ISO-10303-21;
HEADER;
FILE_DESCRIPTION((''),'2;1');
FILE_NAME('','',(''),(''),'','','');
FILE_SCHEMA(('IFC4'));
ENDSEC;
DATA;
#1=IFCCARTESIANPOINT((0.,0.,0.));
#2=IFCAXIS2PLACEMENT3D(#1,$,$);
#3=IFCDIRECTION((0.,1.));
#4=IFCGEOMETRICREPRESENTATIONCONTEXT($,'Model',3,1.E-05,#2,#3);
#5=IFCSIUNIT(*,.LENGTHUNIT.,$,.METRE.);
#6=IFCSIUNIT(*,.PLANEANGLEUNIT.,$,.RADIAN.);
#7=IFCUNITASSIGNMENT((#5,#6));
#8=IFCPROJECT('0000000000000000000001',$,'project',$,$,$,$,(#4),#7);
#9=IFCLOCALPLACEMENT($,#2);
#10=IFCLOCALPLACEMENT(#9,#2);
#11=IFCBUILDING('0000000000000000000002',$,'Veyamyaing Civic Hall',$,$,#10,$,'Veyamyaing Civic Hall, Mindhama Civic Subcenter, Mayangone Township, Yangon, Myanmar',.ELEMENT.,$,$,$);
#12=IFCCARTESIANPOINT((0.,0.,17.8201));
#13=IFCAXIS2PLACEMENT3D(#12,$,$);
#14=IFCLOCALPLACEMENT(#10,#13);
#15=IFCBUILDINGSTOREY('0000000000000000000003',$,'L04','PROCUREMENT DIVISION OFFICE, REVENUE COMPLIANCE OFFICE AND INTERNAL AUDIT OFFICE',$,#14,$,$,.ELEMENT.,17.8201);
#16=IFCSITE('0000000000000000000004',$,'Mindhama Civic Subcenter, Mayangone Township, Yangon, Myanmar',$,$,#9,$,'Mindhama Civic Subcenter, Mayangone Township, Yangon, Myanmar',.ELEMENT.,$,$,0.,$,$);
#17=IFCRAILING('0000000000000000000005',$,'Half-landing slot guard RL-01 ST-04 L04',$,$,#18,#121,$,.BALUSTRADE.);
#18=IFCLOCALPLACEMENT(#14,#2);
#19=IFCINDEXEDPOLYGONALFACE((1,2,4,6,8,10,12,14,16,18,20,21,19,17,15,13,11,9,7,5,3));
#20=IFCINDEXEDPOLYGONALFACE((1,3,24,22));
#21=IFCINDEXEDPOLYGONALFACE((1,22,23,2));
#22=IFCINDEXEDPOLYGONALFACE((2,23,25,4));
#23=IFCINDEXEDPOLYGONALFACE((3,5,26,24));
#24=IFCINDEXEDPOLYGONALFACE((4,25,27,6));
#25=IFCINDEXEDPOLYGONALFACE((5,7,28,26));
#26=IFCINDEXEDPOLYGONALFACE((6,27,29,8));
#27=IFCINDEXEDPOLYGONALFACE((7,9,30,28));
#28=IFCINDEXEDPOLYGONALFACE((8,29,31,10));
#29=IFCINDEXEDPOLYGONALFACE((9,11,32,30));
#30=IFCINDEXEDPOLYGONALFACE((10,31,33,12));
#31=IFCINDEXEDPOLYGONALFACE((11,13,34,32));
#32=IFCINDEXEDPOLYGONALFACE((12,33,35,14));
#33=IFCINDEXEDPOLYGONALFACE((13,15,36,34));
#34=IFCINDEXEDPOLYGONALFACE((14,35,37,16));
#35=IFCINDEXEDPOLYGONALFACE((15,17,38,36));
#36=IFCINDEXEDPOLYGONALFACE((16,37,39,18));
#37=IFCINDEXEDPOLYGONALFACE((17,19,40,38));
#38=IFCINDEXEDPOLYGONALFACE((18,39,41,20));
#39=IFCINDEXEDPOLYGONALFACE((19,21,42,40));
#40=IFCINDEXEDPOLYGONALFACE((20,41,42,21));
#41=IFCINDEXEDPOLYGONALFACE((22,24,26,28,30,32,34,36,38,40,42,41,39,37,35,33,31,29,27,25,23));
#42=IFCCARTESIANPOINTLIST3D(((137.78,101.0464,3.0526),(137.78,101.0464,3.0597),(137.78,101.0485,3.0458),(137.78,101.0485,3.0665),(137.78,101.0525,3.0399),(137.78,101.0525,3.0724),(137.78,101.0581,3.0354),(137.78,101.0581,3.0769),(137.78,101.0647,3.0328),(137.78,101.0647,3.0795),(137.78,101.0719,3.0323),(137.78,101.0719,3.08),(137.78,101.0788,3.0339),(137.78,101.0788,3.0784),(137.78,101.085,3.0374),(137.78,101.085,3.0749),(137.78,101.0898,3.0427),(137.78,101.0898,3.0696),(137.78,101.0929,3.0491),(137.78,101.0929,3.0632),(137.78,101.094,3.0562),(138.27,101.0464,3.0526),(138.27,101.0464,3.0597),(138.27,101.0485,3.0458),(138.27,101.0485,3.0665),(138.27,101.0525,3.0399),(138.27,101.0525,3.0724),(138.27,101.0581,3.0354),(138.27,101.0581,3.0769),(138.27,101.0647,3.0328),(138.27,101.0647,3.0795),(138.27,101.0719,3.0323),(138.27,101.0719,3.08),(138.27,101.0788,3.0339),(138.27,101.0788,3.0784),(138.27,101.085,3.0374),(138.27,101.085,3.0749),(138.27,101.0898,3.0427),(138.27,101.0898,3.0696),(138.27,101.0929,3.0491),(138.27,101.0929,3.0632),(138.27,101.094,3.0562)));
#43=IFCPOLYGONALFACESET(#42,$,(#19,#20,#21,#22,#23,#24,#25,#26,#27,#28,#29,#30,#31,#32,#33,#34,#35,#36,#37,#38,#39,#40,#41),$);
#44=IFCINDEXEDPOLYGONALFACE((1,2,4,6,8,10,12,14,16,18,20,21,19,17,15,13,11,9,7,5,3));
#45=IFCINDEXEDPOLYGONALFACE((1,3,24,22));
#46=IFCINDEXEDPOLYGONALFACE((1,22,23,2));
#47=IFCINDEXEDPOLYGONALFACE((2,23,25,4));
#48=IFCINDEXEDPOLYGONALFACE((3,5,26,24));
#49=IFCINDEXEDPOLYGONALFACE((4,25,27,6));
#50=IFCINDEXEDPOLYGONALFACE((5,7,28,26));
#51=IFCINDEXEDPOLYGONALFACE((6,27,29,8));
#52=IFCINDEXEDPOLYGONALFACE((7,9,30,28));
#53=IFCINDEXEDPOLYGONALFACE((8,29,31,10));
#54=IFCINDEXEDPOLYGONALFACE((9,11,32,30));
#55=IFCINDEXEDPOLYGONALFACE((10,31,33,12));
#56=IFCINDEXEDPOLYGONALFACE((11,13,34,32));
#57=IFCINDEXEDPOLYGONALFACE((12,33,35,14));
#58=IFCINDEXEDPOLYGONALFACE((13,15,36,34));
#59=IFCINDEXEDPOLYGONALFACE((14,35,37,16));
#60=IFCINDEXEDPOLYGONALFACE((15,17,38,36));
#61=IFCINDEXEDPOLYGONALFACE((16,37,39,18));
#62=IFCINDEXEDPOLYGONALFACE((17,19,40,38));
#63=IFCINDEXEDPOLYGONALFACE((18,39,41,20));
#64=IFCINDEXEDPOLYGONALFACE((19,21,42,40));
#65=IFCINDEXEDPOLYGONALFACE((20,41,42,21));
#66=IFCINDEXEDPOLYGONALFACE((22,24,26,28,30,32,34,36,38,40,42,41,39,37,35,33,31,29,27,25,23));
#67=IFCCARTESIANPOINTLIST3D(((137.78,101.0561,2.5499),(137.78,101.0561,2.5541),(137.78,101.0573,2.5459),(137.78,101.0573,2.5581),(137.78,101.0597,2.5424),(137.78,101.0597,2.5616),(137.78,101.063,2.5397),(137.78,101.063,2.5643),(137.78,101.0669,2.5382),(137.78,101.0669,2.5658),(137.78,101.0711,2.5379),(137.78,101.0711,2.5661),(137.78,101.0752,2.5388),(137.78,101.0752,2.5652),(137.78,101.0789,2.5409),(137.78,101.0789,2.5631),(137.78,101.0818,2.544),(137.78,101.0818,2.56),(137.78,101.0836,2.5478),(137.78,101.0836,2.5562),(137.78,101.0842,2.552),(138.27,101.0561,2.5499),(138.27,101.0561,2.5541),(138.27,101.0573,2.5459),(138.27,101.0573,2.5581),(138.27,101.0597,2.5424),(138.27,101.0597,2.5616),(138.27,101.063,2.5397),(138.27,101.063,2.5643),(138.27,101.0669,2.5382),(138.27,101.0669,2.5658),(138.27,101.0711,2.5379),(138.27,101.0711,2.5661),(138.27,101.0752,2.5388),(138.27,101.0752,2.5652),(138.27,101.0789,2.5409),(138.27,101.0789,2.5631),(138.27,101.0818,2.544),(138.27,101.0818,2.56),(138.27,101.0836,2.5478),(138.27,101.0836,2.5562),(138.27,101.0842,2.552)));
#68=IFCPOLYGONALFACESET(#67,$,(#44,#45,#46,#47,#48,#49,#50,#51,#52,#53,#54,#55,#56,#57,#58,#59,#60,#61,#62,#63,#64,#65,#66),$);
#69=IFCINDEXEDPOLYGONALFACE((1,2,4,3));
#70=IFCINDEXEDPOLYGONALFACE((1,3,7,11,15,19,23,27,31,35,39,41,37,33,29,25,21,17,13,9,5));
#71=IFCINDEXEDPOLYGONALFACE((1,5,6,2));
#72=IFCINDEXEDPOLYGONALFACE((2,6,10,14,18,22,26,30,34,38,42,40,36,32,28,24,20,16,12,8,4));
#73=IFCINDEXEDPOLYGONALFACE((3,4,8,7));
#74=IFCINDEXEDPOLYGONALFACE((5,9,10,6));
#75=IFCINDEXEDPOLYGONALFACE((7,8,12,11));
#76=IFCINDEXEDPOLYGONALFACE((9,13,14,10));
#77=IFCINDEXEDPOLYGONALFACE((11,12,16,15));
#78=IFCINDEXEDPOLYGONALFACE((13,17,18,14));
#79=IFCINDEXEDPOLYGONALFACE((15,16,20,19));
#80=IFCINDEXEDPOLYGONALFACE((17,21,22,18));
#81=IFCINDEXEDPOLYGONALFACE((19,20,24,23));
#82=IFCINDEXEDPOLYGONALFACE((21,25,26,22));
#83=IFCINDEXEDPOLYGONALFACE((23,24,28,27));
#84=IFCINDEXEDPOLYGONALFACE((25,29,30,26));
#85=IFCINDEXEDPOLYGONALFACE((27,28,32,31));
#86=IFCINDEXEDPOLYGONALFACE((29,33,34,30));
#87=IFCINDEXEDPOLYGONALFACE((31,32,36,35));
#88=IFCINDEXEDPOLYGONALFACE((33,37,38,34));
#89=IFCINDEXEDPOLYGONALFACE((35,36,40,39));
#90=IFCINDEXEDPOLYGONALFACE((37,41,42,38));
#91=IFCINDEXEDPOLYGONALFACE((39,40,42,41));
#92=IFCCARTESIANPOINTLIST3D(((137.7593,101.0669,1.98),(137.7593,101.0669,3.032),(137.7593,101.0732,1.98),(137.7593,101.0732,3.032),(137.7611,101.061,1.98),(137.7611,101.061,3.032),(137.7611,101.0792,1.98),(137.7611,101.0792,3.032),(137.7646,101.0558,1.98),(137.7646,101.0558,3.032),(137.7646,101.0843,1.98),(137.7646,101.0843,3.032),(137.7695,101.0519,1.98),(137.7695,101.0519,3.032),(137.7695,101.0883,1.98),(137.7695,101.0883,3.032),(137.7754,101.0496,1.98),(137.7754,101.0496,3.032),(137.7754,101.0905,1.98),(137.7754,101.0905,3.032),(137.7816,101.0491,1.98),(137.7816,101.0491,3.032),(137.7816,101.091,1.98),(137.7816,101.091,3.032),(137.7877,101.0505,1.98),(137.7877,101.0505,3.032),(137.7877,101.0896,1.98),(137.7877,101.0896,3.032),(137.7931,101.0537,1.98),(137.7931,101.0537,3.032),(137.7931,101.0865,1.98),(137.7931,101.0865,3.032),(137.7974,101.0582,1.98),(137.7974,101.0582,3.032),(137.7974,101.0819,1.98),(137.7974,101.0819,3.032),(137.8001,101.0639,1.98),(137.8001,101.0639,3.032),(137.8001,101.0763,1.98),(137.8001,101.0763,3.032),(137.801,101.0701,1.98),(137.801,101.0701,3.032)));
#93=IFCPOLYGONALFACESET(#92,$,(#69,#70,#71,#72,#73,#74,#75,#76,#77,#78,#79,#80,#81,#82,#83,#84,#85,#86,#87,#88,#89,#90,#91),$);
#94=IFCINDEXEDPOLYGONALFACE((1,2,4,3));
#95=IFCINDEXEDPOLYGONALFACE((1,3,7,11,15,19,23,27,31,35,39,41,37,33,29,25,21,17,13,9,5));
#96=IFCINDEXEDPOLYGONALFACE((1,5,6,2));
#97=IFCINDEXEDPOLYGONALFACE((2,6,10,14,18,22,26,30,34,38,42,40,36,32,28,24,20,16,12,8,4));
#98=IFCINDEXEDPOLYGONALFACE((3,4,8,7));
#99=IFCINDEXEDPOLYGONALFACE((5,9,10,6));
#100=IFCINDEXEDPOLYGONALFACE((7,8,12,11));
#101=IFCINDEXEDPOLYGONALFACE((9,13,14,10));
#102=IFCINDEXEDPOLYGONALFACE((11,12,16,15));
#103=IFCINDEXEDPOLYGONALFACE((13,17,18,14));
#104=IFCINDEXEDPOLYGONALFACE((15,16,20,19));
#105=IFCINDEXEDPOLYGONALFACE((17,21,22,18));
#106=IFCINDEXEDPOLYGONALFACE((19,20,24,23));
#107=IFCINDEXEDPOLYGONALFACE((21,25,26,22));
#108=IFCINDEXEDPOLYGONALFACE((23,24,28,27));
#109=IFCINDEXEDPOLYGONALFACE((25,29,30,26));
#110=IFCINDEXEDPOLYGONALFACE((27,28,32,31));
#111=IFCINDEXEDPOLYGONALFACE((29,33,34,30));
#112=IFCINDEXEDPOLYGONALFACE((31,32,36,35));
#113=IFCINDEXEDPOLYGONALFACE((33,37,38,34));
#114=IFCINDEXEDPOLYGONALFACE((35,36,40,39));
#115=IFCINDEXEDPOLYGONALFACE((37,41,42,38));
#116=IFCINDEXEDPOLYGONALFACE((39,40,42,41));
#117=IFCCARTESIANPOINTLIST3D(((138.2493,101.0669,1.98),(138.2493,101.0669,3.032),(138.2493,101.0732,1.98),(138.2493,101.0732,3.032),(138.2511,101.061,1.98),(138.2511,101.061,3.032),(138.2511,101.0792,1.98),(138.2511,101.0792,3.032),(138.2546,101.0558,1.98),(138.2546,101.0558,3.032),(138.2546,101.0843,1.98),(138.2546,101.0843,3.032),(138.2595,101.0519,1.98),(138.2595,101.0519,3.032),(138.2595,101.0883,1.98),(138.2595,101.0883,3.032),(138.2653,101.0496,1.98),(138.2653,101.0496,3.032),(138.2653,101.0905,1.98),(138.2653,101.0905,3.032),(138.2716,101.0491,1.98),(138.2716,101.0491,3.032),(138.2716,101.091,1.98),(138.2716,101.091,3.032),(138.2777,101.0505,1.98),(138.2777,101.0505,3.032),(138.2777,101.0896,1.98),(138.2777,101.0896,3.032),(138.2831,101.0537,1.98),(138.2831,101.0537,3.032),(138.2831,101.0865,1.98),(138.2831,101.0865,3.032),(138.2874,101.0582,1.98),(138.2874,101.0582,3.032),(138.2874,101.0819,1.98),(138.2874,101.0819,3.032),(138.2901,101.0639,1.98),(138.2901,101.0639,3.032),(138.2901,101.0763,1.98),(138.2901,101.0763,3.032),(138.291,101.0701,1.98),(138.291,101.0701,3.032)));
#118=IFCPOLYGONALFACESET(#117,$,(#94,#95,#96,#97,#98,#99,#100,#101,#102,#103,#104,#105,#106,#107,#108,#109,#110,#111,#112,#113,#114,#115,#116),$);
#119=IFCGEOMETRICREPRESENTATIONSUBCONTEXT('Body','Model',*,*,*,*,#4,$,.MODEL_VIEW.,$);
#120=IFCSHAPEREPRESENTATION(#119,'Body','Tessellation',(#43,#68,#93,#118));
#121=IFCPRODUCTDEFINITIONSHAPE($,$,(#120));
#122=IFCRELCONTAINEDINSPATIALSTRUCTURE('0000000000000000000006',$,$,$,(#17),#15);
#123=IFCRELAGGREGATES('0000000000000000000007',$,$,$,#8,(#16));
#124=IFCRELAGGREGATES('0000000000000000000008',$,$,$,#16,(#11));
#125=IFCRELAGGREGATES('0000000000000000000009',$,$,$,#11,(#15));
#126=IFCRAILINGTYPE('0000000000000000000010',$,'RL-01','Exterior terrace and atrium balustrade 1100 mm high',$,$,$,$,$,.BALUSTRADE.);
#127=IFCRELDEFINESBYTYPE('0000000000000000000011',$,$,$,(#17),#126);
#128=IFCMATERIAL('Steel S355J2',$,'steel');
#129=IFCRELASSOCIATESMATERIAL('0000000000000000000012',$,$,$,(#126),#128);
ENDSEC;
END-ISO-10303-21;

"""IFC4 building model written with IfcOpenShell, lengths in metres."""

from ifc_helpers import new_model, si_unit, direction, frame, origin, origin_2d, place, context, subcontext, project, spatial, circle, extrude, material, type_object, element, save


model = new_model("IFC4")

# Units and contexts
model_context = context("Model", 3, precision=1e-05, world=origin(), true_north=direction((0.0, 1.0)))
body_context = subcontext(model_context, "Body", "Model", "MODEL_VIEW")
ifc_project = project(units=[si_unit("LENGTHUNIT", "METRE"), si_unit("PLANEANGLEUNIT", "RADIAN")], contexts=[model_context])

# Site, building, storey
site_placement = place(None, origin())
site = spatial("IfcSite", under=ifc_project, at=site_placement, Name="Mindhama Civic Subcenter, Mayangone Township, Yangon, Myanmar", LongName="Mindhama Civic Subcenter, Mayangone Township, Yangon, Myanmar", CompositionType="ELEMENT", RefElevation=0.0)
building_placement = place(site_placement, origin())
building = spatial("IfcBuilding", under=site, at=building_placement, Name="Veyamyaing Civic Hall", LongName="Veyamyaing Civic Hall, Mindhama Civic Subcenter, Mayangone Township, Yangon, Myanmar", CompositionType="ELEMENT")
storey_placement = place(building_placement, frame((0.0, 0.0, 17.8201)))
storey = spatial("IfcBuildingStorey", under=building, at=storey_placement, Name="L04", Description="PROCUREMENT DIVISION OFFICE, REVENUE COMPLIANCE OFFICE AND INTERNAL AUDIT OFFICE", CompositionType="ELEMENT", Elevation=17.8201)

# Railing
ifc_material_1 = material(Name="Steel S355J2", Category="steel")
railing_type_1 = type_object("IfcRailingType", Name="RL-01", Description="Exterior terrace and atrium balustrade 1100 mm high", PredefinedType="BALUSTRADE", material=ifc_material_1)
railing_1_placement = place(storey_placement, frame((137.78, 101.0701, 1.98)))
element("IfcRailing", 1, at=railing_1_placement, inside=storey, type_object=railing_type_1, Name="Half-landing slot guard RL-01 ST-04 L04", PredefinedType="BALUSTRADE", context=body_context, shape_type="SweptSolid", body=[
    extrude(circle(Radius=0.0239, at=origin_2d()), frame((0.0, 0.0, 1.0762), z_axis=(1.0, 0.0, 0.0), x_axis=(0.0, 1.0, 0.0)), (0.0, 0.0, 1.0), 0.49),
    extrude(circle(Radius=0.0142, at=origin_2d()), frame((0.0, 0.0, 0.572), z_axis=(1.0, 0.0, 0.0), x_axis=(0.0, 1.0, 0.0)), (0.0, 0.0, 1.0), 0.49),
    extrude(circle(Radius=0.021, at=origin_2d()), origin(), (0.0, 0.0, 1.0), 1.052),
    extrude(circle(Radius=0.021, at=origin_2d()), frame((0.49, 0.0, 0.0)), (0.0, 0.0, 1.0), 1.052),
])

save(model, "model.ifc")
